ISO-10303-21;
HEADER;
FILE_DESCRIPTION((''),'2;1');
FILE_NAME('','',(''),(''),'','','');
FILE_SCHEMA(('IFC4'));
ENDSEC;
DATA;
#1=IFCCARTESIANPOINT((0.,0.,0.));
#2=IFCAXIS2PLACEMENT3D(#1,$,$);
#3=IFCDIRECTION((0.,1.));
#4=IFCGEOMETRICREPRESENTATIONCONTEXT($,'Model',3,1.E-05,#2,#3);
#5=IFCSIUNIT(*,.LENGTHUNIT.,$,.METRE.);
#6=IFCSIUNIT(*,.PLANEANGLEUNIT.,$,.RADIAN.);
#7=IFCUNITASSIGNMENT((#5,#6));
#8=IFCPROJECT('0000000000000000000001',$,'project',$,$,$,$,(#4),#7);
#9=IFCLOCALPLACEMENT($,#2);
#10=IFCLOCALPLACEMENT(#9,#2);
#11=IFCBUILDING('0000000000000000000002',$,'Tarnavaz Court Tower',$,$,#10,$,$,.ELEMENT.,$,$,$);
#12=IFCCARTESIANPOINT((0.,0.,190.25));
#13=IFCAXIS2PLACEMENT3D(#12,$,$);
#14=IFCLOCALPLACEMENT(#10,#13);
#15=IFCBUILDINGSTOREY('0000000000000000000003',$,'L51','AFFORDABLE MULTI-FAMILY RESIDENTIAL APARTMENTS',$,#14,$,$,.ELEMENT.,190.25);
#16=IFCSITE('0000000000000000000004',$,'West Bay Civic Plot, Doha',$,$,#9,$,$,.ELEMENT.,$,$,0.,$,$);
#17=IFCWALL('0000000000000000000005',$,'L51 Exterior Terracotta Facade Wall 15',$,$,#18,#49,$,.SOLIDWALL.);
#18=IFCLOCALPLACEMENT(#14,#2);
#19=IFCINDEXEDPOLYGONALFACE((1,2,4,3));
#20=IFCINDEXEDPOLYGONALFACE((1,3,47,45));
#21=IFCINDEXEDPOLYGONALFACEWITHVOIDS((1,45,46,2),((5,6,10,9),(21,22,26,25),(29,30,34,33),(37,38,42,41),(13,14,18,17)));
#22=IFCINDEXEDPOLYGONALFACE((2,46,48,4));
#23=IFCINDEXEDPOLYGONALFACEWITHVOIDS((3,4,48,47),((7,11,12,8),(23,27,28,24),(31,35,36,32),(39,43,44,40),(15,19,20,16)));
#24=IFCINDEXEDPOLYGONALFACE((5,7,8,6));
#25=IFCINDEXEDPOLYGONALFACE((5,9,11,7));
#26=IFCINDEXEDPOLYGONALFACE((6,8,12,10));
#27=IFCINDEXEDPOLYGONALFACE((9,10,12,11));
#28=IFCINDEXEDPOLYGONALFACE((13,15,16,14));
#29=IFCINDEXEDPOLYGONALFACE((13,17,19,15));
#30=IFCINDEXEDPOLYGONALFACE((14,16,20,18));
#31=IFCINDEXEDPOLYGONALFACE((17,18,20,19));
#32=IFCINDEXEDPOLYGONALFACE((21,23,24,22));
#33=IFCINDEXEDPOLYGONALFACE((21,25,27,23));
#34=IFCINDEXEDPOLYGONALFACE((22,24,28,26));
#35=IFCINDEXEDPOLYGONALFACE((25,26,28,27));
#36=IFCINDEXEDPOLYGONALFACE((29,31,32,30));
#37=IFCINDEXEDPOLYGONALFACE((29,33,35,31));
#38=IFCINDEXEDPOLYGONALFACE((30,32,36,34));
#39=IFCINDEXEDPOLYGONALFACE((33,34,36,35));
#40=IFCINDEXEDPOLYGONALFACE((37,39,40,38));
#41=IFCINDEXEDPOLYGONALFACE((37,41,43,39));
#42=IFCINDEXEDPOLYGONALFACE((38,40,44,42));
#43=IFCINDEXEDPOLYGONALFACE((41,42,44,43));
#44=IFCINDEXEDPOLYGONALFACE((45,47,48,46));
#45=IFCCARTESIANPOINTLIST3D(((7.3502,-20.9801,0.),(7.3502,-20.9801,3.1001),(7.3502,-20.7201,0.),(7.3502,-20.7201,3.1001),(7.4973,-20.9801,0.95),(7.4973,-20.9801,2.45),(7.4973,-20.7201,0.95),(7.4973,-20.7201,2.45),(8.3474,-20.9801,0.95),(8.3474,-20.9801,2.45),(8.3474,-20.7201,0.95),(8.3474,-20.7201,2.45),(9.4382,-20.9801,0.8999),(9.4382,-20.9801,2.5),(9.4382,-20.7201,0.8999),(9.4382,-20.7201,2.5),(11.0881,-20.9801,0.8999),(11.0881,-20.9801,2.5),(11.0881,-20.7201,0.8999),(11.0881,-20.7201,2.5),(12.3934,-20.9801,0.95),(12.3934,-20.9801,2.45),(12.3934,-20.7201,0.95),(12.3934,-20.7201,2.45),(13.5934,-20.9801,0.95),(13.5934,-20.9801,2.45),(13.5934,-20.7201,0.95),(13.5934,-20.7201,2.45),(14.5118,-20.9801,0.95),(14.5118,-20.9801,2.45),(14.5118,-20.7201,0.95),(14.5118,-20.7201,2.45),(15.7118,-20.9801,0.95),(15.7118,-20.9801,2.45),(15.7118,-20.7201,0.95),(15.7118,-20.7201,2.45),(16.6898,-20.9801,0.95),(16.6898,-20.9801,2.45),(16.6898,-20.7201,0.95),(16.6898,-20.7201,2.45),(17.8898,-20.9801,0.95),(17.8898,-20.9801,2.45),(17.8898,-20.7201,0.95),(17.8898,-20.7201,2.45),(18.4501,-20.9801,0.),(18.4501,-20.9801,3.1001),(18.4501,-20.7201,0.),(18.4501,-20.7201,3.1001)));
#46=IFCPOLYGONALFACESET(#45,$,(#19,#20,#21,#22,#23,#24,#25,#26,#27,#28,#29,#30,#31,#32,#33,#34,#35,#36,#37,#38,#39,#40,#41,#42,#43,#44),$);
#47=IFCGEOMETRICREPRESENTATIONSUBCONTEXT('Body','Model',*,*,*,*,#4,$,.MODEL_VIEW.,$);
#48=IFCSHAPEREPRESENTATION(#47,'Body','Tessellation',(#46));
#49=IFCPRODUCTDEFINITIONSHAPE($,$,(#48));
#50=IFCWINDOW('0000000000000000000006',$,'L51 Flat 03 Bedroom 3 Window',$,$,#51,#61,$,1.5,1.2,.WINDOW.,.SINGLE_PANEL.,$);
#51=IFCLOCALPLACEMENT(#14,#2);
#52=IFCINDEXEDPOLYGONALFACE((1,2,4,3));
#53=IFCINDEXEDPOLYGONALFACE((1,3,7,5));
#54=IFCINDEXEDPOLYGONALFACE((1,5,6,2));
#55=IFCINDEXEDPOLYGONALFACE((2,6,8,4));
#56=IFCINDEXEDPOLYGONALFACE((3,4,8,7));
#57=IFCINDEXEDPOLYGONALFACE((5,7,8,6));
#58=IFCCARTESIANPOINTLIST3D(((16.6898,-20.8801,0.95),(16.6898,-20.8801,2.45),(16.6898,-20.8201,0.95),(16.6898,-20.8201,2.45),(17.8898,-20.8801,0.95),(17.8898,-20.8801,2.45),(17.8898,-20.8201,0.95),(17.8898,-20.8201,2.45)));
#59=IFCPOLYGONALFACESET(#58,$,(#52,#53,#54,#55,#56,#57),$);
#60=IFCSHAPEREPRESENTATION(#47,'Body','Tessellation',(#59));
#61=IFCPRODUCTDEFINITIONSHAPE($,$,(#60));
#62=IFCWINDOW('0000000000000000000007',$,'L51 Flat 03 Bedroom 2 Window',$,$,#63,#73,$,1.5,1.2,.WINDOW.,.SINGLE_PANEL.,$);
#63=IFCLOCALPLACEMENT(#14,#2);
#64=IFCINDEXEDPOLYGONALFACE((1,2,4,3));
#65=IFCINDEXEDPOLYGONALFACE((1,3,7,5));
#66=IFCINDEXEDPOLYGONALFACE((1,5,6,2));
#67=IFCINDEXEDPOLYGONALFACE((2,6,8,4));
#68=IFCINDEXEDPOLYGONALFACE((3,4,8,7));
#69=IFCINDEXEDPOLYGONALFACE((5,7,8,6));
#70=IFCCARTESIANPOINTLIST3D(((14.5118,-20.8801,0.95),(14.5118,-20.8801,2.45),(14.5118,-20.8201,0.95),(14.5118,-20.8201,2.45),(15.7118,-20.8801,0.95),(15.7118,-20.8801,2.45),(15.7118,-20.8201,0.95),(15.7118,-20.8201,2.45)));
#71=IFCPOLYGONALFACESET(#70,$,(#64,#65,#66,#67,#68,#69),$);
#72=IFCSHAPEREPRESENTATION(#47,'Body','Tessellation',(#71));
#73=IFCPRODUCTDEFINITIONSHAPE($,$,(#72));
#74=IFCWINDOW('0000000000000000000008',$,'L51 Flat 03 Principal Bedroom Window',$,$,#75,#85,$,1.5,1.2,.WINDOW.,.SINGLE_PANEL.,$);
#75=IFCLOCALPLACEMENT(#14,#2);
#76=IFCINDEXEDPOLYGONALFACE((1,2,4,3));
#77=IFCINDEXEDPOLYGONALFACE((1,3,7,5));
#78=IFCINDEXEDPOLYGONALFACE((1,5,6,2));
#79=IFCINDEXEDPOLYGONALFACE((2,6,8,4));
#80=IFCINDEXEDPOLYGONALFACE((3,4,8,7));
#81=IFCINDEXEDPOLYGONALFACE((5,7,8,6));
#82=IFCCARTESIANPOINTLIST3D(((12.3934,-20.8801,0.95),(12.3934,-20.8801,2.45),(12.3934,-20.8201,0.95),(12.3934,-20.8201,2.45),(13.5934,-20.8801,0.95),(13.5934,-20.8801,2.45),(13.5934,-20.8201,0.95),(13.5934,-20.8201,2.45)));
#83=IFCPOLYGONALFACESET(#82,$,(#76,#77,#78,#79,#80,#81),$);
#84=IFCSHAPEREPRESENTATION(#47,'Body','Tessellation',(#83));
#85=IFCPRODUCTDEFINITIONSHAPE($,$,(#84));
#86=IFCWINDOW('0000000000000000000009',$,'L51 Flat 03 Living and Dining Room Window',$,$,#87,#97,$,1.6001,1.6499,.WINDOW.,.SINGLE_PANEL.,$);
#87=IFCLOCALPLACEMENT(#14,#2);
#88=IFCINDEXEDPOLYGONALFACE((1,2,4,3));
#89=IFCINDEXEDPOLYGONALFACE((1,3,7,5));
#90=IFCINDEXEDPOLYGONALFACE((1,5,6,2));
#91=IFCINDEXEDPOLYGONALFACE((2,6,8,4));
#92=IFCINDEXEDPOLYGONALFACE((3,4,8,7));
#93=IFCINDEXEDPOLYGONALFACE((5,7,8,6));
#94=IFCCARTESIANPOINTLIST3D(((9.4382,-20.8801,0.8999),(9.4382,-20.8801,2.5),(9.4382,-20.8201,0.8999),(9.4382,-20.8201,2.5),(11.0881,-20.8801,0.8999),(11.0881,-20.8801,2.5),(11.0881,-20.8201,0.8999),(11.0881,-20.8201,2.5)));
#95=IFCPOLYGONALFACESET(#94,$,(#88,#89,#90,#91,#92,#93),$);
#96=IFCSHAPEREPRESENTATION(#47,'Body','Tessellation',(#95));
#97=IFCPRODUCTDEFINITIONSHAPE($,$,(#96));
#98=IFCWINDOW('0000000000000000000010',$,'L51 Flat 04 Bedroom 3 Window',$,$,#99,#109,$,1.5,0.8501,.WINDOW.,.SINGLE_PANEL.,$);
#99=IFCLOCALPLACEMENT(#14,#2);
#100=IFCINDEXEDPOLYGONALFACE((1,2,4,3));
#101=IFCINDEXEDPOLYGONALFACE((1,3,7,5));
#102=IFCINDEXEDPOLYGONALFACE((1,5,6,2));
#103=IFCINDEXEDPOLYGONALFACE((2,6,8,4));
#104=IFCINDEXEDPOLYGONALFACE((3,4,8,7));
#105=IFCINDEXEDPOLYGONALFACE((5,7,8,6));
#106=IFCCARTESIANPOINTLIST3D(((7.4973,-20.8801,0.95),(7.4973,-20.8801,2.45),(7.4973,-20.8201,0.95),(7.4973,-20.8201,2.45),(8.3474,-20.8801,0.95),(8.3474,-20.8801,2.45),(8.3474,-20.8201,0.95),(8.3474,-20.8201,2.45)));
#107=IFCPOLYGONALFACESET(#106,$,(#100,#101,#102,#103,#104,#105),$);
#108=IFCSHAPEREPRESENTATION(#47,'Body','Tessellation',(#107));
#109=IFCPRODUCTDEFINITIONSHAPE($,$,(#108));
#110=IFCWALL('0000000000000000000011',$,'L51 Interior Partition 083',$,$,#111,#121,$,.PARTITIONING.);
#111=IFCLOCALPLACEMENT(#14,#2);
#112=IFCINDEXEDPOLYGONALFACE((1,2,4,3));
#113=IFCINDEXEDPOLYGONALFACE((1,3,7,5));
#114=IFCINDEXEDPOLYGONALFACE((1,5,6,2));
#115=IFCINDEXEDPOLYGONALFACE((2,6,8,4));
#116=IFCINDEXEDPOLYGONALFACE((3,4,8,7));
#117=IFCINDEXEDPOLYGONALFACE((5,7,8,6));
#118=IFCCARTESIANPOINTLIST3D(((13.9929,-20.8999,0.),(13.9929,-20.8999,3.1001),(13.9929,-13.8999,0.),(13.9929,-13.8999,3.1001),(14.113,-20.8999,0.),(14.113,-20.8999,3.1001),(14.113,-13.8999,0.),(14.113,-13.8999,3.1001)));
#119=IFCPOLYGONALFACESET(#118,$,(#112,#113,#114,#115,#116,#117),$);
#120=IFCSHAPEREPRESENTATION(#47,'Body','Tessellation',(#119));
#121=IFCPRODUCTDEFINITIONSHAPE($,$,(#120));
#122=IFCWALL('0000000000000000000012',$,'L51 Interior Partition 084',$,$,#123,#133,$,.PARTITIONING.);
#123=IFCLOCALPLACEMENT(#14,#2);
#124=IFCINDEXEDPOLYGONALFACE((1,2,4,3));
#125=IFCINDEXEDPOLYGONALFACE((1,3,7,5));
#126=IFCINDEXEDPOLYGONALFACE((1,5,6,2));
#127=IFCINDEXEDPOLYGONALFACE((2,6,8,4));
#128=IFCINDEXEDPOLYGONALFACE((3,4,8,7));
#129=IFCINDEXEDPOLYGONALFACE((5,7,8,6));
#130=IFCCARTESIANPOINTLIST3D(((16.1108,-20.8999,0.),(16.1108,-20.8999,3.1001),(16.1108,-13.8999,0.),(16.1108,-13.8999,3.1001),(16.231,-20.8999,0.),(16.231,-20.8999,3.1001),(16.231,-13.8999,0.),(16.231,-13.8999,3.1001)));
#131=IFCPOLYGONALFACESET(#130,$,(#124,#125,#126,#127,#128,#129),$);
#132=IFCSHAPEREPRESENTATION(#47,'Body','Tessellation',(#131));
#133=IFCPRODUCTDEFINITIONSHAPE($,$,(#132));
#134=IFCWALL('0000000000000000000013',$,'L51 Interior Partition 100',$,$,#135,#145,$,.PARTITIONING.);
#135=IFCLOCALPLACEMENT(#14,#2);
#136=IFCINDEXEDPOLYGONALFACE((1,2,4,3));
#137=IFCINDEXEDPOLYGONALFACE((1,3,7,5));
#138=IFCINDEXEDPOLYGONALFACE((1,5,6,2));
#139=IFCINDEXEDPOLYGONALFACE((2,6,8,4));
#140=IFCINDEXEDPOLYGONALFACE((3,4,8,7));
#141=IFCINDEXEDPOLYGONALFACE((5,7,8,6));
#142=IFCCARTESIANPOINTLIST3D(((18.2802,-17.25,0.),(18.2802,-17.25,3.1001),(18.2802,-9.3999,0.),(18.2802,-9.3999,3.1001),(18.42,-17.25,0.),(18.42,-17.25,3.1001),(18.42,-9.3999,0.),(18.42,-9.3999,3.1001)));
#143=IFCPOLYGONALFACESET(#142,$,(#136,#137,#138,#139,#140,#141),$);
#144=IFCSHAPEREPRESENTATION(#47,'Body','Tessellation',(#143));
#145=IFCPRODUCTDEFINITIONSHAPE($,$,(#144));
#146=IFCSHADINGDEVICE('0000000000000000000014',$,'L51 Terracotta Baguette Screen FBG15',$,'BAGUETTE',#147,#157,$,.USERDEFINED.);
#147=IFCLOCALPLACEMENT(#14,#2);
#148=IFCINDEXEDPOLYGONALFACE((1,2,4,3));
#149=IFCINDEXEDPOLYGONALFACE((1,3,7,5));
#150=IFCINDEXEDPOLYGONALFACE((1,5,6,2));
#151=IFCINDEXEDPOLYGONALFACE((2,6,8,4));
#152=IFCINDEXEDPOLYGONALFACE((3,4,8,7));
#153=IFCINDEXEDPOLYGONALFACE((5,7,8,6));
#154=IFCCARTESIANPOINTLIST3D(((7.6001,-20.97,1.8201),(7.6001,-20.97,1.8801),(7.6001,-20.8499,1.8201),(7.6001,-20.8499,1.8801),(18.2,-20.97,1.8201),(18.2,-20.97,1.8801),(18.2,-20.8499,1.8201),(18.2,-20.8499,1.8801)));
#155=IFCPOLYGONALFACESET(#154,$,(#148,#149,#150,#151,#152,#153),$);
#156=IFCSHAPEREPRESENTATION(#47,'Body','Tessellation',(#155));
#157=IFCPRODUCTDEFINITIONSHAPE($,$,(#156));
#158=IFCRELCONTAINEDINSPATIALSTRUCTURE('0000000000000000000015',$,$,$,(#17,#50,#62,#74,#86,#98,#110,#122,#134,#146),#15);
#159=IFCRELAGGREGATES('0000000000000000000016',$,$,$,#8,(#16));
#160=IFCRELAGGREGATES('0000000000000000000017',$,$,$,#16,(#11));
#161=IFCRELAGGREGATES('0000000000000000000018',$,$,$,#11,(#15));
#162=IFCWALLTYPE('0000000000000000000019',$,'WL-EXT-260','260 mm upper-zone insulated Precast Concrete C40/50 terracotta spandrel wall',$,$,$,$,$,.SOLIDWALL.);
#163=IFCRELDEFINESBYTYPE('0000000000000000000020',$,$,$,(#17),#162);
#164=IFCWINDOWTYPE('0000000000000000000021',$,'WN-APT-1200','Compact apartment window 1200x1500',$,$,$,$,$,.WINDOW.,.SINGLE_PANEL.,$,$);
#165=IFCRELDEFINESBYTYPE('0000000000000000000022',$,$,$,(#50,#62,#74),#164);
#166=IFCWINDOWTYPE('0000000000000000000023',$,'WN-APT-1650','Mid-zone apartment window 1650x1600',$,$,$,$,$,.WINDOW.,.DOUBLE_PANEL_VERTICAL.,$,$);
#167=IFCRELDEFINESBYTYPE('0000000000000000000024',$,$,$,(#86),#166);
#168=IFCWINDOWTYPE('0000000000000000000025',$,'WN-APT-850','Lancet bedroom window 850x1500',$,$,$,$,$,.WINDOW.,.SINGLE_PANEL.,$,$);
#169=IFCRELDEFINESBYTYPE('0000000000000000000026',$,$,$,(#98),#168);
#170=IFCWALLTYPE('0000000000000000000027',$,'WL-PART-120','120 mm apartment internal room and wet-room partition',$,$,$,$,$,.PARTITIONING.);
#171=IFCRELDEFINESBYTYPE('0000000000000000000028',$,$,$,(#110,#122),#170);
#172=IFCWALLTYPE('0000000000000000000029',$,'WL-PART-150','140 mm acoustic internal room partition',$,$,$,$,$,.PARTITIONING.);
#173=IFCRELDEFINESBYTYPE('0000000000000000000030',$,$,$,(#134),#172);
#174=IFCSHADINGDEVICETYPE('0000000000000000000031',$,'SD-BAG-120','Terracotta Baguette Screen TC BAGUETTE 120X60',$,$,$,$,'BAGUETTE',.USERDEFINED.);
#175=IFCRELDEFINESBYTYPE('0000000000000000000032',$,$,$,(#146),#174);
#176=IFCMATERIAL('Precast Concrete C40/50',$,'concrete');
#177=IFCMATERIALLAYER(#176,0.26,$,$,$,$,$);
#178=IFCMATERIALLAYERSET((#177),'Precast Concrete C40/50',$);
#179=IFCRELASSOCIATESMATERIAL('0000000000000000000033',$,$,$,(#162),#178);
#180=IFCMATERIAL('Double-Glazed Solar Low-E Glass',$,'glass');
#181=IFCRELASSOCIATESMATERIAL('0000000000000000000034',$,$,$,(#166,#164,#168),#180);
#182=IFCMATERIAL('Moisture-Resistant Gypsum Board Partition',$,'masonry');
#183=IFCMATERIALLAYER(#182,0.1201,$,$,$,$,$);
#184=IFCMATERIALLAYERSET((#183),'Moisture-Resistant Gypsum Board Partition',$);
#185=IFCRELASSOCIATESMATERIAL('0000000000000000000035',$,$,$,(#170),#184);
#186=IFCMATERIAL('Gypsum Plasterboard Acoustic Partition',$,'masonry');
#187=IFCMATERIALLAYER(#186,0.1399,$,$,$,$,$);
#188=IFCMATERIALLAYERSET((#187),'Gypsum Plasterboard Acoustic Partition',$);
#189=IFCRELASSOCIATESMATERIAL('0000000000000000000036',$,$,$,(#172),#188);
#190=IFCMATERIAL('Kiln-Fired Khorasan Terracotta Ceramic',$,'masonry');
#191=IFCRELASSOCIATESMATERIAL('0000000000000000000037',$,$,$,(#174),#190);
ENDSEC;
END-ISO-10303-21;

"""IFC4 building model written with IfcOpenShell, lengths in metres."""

from ifc_helpers import new_model, si_unit, direction, frame, frame_2d, origin, origin_2d, place, context, subcontext, project, spatial, rectangle, extrude, material, layer, layer_set, material_profile, profile_set, type_object, element, fill, save


model = new_model("IFC4")

# Units and contexts
model_context = context("Model", 3, precision=1e-05, world=origin(), true_north=direction((0.0, 1.0)))
body_context = subcontext(model_context, "Body", "Model", "MODEL_VIEW")
ifc_project = project(units=[si_unit("LENGTHUNIT", "METRE"), si_unit("PLANEANGLEUNIT", "RADIAN")], contexts=[model_context])

# Site, building, storey
site_placement = place(None, origin())
site = spatial("IfcSite", under=ifc_project, at=site_placement, Name="West Bay Civic Plot, Doha", CompositionType="ELEMENT", RefElevation=0.0)
building_placement = place(site_placement, origin())
building = spatial("IfcBuilding", under=site, at=building_placement, Name="Tarnavaz Court Tower", CompositionType="ELEMENT")
storey_placement = place(building_placement, frame((0.0, 0.0, 190.25)))
storey = spatial("IfcBuildingStorey", under=building, at=storey_placement, Name="L51", Description="AFFORDABLE MULTI-FAMILY RESIDENTIAL APARTMENTS", CompositionType="ELEMENT", Elevation=190.25)

# Shared definitions
ifc_material_1 = material(Name="Precast Concrete C40/50", Category="concrete")
ifc_layer_1 = layer(ifc_material_1, 0.26)
ifc_layer_set_1 = layer_set([ifc_layer_1], Name="Precast Concrete C40/50")
wall_type_1 = type_object("IfcWallType", Name="WL-EXT-260", Description="260 mm upper-zone insulated Precast Concrete C40/50 terracotta spandrel wall", PredefinedType="SOLIDWALL", material=ifc_layer_set_1)
ifc_material_2 = material(Name="Double-Glazed Solar Low-E Glass", Category="glass")
window_type_1 = type_object("IfcWindowType", Name="WN-APT-1650", Description="Mid-zone apartment window 1650x1600", PartitioningType="DOUBLE_PANEL_VERTICAL", PredefinedType="WINDOW", material=ifc_material_2)

# Wall, openings, windows
wall_1_placement = place(storey_placement, frame((18.45, -20.8501, 0.0), z_axis=(0.0, 0.0, 1.0), x_axis=(-1.0, 0.0, 0.0)))
wall_1 = element("IfcWall", 1, at=wall_1_placement, inside=storey, type_object=wall_type_1, Name="L51 Exterior Terracotta Facade Wall 15", PredefinedType="SOLIDWALL", context=body_context, shape_type="SweptSolid", body=[
    extrude(rectangle(XDim=11.0999, YDim=0.26, at=frame_2d((5.5498, 0.0))), origin(), (0.0, 0.0, 1.0), 3.1001),
])
opening_1_placement = place(wall_1_placement, frame((0.5601, 0.0, 0.95)))
opening_1 = element("IfcOpeningElement", 2, at=opening_1_placement, cuts=wall_1, PredefinedType="OPENING", context=body_context, shape_type="SweptSolid", body=[
    extrude(rectangle(XDim=1.2, YDim=1.5, at=frame_2d((0.6001, 0.75))), frame((0.0, 0.1399, 0.0), z_axis=(0.0, -1.0, 0.0), x_axis=(1.0, 0.0, 0.0)), (0.0, 0.0, 1.0), 0.28),
])
opening_2_placement = place(wall_1_placement, frame((2.738, 0.0, 0.95)))
opening_2 = element("IfcOpeningElement", 3, at=opening_2_placement, cuts=wall_1, PredefinedType="OPENING", context=body_context, shape_type="SweptSolid", body=[
    extrude(rectangle(XDim=1.2, YDim=1.5, at=frame_2d((0.6001, 0.75))), frame((0.0, 0.1399, 0.0), z_axis=(0.0, -1.0, 0.0), x_axis=(1.0, 0.0, 0.0)), (0.0, 0.0, 1.0), 0.28),
])
opening_3_placement = place(wall_1_placement, frame((4.8564, 0.0, 0.95)))
opening_3 = element("IfcOpeningElement", 4, at=opening_3_placement, cuts=wall_1, PredefinedType="OPENING", context=body_context, shape_type="SweptSolid", body=[
    extrude(rectangle(XDim=1.2, YDim=1.5, at=frame_2d((0.6001, 0.75))), frame((0.0, 0.1399, 0.0), z_axis=(0.0, -1.0, 0.0), x_axis=(1.0, 0.0, 0.0)), (0.0, 0.0, 1.0), 0.28),
])
opening_4_placement = place(wall_1_placement, frame((7.3618, 0.0, 0.8999)))
opening_4 = element("IfcOpeningElement", 5, at=opening_4_placement, cuts=wall_1, PredefinedType="OPENING", context=body_context, shape_type="SweptSolid", body=[
    extrude(rectangle(XDim=1.6499, YDim=1.6001, at=frame_2d((0.825, 0.8))), frame((0.0, 0.1399, 0.0), z_axis=(0.0, -1.0, 0.0), x_axis=(1.0, 0.0, 0.0)), (0.0, 0.0, 1.0), 0.28),
])
opening_5_placement = place(wall_1_placement, frame((10.1025, 0.0, 0.95)))
opening_5 = element("IfcOpeningElement", 6, at=opening_5_placement, cuts=wall_1, PredefinedType="OPENING", context=body_context, shape_type="SweptSolid", body=[
    extrude(rectangle(XDim=0.8501, YDim=1.5, at=frame_2d((0.425, 0.75))), frame((0.0, 0.1399, 0.0), z_axis=(0.0, -1.0, 0.0), x_axis=(1.0, 0.0, 0.0)), (0.0, 0.0, 1.0), 0.28),
])
window_type_2 = type_object("IfcWindowType", Name="WN-APT-1200", Description="Compact apartment window 1200x1500", PartitioningType="SINGLE_PANEL", PredefinedType="WINDOW", material=ifc_material_2)
window_1_placement = place(opening_1_placement, origin())
window_1 = element("IfcWindow", 7, at=window_1_placement, inside=storey, type_object=window_type_2, Name="L51 Flat 03 Bedroom 3 Window", OverallHeight=1.5, OverallWidth=1.2, PartitioningType="SINGLE_PANEL", PredefinedType="WINDOW", context=body_context, shape_type="SweptSolid", body=[
    extrude(rectangle(XDim=1.2, YDim=1.5, at=frame_2d((0.6001, 0.75))), frame((0.0, 0.03, 0.0), z_axis=(0.0, -1.0, 0.0), x_axis=(1.0, 0.0, 0.0)), (0.0, 0.0, 1.0), 0.0601),
])
fill(opening_1, window_1)
window_2_placement = place(opening_2_placement, origin())
window_2 = element("IfcWindow", 8, at=window_2_placement, inside=storey, type_object=window_type_2, Name="L51 Flat 03 Bedroom 2 Window", OverallHeight=1.5, OverallWidth=1.2, PartitioningType="SINGLE_PANEL", PredefinedType="WINDOW", context=body_context, shape_type="SweptSolid", body=[
    extrude(rectangle(XDim=1.2, YDim=1.5, at=frame_2d((0.6001, 0.75))), frame((0.0, 0.03, 0.0), z_axis=(0.0, -1.0, 0.0), x_axis=(1.0, 0.0, 0.0)), (0.0, 0.0, 1.0), 0.0601),
])
fill(opening_2, window_2)
window_3_placement = place(opening_3_placement, origin())
window_3 = element("IfcWindow", 9, at=window_3_placement, inside=storey, type_object=window_type_2, Name="L51 Flat 03 Principal Bedroom Window", OverallHeight=1.5, OverallWidth=1.2, PartitioningType="SINGLE_PANEL", PredefinedType="WINDOW", context=body_context, shape_type="SweptSolid", body=[
    extrude(rectangle(XDim=1.2, YDim=1.5, at=frame_2d((0.6001, 0.75))), frame((0.0, 0.03, 0.0), z_axis=(0.0, -1.0, 0.0), x_axis=(1.0, 0.0, 0.0)), (0.0, 0.0, 1.0), 0.0601),
])
fill(opening_3, window_3)
window_4_placement = place(opening_4_placement, origin())
window_4 = element("IfcWindow", 10, at=window_4_placement, inside=storey, type_object=window_type_1, Name="L51 Flat 03 Living and Dining Room Window", OverallHeight=1.6001, OverallWidth=1.6499, PartitioningType="SINGLE_PANEL", PredefinedType="WINDOW", context=body_context, shape_type="SweptSolid", body=[
    extrude(rectangle(XDim=1.6499, YDim=1.6001, at=frame_2d((0.825, 0.8))), frame((0.0, 0.03, 0.0), z_axis=(0.0, -1.0, 0.0), x_axis=(1.0, 0.0, 0.0)), (0.0, 0.0, 1.0), 0.0601),
])
fill(opening_4, window_4)
window_type_3 = type_object("IfcWindowType", Name="WN-APT-850", Description="Lancet bedroom window 850x1500", PartitioningType="SINGLE_PANEL", PredefinedType="WINDOW", material=ifc_material_2)
window_5_placement = place(opening_5_placement, origin())
window_5 = element("IfcWindow", 11, at=window_5_placement, inside=storey, type_object=window_type_3, Name="L51 Flat 04 Bedroom 3 Window", OverallHeight=1.5, OverallWidth=0.8501, PartitioningType="SINGLE_PANEL", PredefinedType="WINDOW", context=body_context, shape_type="SweptSolid", body=[
    extrude(rectangle(XDim=0.8501, YDim=1.5, at=frame_2d((0.425, 0.75))), frame((0.0, 0.03, 0.0), z_axis=(0.0, -1.0, 0.0), x_axis=(1.0, 0.0, 0.0)), (0.0, 0.0, 1.0), 0.0601),
])
fill(opening_5, window_5)

# Walls
ifc_material_3 = material(Name="Moisture-Resistant Gypsum Board Partition", Category="masonry")
ifc_layer_2 = layer(ifc_material_3, 0.1201)
ifc_layer_set_2 = layer_set([ifc_layer_2], Name="Moisture-Resistant Gypsum Board Partition")
wall_type_2 = type_object("IfcWallType", Name="WL-PART-120", Description="120 mm apartment internal room and wet-room partition", PredefinedType="PARTITIONING", material=ifc_layer_set_2)
for number, where, z_axis, x_axis, name in (
    (12, (14.053, -20.8999, 0.0), (0.0, 0.0, 1.0), (0.0, 1.0, 0.0), "L51 Interior Partition 083"),
    (13, (16.1709, -20.8999, 0.0), (0.0, 0.0, 1.0), (0.0, 1.0, 0.0), "L51 Interior Partition 084"),
):
    element("IfcWall", number, at=place(storey_placement, frame(where, z_axis=z_axis, x_axis=x_axis)), inside=storey, type_object=wall_type_2, Name=name, PredefinedType="PARTITIONING", context=body_context, shape_type="SweptSolid", body=[
        extrude(rectangle(XDim=7.0, YDim=0.1201, at=frame_2d((3.5, 0.0))), origin(), (0.0, 0.0, 1.0), 3.1001),
    ])
ifc_material_4 = material(Name="Gypsum Plasterboard Acoustic Partition", Category="masonry")
ifc_layer_3 = layer(ifc_material_4, 0.1399)
ifc_layer_set_3 = layer_set([ifc_layer_3], Name="Gypsum Plasterboard Acoustic Partition")
wall_type_3 = type_object("IfcWallType", Name="WL-PART-150", Description="140 mm acoustic internal room partition", PredefinedType="PARTITIONING", material=ifc_layer_set_3)
wall_2_placement = place(storey_placement, frame((18.3501, -17.25, 0.0), z_axis=(0.0, 0.0, 1.0), x_axis=(0.0, 1.0, 0.0)))
element("IfcWall", 14, at=wall_2_placement, inside=storey, type_object=wall_type_3, Name="L51 Interior Partition 100", PredefinedType="PARTITIONING", context=body_context, shape_type="SweptSolid", body=[
    extrude(rectangle(XDim=7.8501, YDim=0.1399, at=frame_2d((3.925, 0.0))), origin(), (0.0, 0.0, 1.0), 3.1001),
])

# Shading device
ifc_material_5 = material(Name="Kiln-Fired Khorasan Terracotta Ceramic", Category="masonry")
ifc_material_profile_1 = material_profile(ifc_material_5, rectangle(XDim=0.1201, YDim=0.0601, at=origin_2d()), Name="TC BAGUETTE 120X60")
ifc_profile_set_1 = profile_set([ifc_material_profile_1], Name="Kiln-Fired Khorasan Terracotta Ceramic")
shading_device_type = type_object("IfcShadingDeviceType", Name="SD-BAG-120", Description="Terracotta Baguette Screen TC BAGUETTE 120X60", ElementType="BAGUETTE", PredefinedType="USERDEFINED", material=ifc_profile_set_1)
shading_device_placement = place(storey_placement, frame((18.2, -20.9099, 1.8501), z_axis=(-1.0, 0.0, 0.0), x_axis=(0.0, -1.0, 0.0)))
element("IfcShadingDevice", 15, at=shading_device_placement, inside=storey, type_object=shading_device_type, Name="L51 Terracotta Baguette Screen FBG15", ObjectType="BAGUETTE", PredefinedType="USERDEFINED", context=body_context, shape_type="SweptSolid", body=[
    extrude(rectangle(XDim=0.1201, YDim=0.0601, at=origin_2d()), origin(), (0.0, 0.0, 1.0), 10.5999),
])

save(model, "model.ifc")
